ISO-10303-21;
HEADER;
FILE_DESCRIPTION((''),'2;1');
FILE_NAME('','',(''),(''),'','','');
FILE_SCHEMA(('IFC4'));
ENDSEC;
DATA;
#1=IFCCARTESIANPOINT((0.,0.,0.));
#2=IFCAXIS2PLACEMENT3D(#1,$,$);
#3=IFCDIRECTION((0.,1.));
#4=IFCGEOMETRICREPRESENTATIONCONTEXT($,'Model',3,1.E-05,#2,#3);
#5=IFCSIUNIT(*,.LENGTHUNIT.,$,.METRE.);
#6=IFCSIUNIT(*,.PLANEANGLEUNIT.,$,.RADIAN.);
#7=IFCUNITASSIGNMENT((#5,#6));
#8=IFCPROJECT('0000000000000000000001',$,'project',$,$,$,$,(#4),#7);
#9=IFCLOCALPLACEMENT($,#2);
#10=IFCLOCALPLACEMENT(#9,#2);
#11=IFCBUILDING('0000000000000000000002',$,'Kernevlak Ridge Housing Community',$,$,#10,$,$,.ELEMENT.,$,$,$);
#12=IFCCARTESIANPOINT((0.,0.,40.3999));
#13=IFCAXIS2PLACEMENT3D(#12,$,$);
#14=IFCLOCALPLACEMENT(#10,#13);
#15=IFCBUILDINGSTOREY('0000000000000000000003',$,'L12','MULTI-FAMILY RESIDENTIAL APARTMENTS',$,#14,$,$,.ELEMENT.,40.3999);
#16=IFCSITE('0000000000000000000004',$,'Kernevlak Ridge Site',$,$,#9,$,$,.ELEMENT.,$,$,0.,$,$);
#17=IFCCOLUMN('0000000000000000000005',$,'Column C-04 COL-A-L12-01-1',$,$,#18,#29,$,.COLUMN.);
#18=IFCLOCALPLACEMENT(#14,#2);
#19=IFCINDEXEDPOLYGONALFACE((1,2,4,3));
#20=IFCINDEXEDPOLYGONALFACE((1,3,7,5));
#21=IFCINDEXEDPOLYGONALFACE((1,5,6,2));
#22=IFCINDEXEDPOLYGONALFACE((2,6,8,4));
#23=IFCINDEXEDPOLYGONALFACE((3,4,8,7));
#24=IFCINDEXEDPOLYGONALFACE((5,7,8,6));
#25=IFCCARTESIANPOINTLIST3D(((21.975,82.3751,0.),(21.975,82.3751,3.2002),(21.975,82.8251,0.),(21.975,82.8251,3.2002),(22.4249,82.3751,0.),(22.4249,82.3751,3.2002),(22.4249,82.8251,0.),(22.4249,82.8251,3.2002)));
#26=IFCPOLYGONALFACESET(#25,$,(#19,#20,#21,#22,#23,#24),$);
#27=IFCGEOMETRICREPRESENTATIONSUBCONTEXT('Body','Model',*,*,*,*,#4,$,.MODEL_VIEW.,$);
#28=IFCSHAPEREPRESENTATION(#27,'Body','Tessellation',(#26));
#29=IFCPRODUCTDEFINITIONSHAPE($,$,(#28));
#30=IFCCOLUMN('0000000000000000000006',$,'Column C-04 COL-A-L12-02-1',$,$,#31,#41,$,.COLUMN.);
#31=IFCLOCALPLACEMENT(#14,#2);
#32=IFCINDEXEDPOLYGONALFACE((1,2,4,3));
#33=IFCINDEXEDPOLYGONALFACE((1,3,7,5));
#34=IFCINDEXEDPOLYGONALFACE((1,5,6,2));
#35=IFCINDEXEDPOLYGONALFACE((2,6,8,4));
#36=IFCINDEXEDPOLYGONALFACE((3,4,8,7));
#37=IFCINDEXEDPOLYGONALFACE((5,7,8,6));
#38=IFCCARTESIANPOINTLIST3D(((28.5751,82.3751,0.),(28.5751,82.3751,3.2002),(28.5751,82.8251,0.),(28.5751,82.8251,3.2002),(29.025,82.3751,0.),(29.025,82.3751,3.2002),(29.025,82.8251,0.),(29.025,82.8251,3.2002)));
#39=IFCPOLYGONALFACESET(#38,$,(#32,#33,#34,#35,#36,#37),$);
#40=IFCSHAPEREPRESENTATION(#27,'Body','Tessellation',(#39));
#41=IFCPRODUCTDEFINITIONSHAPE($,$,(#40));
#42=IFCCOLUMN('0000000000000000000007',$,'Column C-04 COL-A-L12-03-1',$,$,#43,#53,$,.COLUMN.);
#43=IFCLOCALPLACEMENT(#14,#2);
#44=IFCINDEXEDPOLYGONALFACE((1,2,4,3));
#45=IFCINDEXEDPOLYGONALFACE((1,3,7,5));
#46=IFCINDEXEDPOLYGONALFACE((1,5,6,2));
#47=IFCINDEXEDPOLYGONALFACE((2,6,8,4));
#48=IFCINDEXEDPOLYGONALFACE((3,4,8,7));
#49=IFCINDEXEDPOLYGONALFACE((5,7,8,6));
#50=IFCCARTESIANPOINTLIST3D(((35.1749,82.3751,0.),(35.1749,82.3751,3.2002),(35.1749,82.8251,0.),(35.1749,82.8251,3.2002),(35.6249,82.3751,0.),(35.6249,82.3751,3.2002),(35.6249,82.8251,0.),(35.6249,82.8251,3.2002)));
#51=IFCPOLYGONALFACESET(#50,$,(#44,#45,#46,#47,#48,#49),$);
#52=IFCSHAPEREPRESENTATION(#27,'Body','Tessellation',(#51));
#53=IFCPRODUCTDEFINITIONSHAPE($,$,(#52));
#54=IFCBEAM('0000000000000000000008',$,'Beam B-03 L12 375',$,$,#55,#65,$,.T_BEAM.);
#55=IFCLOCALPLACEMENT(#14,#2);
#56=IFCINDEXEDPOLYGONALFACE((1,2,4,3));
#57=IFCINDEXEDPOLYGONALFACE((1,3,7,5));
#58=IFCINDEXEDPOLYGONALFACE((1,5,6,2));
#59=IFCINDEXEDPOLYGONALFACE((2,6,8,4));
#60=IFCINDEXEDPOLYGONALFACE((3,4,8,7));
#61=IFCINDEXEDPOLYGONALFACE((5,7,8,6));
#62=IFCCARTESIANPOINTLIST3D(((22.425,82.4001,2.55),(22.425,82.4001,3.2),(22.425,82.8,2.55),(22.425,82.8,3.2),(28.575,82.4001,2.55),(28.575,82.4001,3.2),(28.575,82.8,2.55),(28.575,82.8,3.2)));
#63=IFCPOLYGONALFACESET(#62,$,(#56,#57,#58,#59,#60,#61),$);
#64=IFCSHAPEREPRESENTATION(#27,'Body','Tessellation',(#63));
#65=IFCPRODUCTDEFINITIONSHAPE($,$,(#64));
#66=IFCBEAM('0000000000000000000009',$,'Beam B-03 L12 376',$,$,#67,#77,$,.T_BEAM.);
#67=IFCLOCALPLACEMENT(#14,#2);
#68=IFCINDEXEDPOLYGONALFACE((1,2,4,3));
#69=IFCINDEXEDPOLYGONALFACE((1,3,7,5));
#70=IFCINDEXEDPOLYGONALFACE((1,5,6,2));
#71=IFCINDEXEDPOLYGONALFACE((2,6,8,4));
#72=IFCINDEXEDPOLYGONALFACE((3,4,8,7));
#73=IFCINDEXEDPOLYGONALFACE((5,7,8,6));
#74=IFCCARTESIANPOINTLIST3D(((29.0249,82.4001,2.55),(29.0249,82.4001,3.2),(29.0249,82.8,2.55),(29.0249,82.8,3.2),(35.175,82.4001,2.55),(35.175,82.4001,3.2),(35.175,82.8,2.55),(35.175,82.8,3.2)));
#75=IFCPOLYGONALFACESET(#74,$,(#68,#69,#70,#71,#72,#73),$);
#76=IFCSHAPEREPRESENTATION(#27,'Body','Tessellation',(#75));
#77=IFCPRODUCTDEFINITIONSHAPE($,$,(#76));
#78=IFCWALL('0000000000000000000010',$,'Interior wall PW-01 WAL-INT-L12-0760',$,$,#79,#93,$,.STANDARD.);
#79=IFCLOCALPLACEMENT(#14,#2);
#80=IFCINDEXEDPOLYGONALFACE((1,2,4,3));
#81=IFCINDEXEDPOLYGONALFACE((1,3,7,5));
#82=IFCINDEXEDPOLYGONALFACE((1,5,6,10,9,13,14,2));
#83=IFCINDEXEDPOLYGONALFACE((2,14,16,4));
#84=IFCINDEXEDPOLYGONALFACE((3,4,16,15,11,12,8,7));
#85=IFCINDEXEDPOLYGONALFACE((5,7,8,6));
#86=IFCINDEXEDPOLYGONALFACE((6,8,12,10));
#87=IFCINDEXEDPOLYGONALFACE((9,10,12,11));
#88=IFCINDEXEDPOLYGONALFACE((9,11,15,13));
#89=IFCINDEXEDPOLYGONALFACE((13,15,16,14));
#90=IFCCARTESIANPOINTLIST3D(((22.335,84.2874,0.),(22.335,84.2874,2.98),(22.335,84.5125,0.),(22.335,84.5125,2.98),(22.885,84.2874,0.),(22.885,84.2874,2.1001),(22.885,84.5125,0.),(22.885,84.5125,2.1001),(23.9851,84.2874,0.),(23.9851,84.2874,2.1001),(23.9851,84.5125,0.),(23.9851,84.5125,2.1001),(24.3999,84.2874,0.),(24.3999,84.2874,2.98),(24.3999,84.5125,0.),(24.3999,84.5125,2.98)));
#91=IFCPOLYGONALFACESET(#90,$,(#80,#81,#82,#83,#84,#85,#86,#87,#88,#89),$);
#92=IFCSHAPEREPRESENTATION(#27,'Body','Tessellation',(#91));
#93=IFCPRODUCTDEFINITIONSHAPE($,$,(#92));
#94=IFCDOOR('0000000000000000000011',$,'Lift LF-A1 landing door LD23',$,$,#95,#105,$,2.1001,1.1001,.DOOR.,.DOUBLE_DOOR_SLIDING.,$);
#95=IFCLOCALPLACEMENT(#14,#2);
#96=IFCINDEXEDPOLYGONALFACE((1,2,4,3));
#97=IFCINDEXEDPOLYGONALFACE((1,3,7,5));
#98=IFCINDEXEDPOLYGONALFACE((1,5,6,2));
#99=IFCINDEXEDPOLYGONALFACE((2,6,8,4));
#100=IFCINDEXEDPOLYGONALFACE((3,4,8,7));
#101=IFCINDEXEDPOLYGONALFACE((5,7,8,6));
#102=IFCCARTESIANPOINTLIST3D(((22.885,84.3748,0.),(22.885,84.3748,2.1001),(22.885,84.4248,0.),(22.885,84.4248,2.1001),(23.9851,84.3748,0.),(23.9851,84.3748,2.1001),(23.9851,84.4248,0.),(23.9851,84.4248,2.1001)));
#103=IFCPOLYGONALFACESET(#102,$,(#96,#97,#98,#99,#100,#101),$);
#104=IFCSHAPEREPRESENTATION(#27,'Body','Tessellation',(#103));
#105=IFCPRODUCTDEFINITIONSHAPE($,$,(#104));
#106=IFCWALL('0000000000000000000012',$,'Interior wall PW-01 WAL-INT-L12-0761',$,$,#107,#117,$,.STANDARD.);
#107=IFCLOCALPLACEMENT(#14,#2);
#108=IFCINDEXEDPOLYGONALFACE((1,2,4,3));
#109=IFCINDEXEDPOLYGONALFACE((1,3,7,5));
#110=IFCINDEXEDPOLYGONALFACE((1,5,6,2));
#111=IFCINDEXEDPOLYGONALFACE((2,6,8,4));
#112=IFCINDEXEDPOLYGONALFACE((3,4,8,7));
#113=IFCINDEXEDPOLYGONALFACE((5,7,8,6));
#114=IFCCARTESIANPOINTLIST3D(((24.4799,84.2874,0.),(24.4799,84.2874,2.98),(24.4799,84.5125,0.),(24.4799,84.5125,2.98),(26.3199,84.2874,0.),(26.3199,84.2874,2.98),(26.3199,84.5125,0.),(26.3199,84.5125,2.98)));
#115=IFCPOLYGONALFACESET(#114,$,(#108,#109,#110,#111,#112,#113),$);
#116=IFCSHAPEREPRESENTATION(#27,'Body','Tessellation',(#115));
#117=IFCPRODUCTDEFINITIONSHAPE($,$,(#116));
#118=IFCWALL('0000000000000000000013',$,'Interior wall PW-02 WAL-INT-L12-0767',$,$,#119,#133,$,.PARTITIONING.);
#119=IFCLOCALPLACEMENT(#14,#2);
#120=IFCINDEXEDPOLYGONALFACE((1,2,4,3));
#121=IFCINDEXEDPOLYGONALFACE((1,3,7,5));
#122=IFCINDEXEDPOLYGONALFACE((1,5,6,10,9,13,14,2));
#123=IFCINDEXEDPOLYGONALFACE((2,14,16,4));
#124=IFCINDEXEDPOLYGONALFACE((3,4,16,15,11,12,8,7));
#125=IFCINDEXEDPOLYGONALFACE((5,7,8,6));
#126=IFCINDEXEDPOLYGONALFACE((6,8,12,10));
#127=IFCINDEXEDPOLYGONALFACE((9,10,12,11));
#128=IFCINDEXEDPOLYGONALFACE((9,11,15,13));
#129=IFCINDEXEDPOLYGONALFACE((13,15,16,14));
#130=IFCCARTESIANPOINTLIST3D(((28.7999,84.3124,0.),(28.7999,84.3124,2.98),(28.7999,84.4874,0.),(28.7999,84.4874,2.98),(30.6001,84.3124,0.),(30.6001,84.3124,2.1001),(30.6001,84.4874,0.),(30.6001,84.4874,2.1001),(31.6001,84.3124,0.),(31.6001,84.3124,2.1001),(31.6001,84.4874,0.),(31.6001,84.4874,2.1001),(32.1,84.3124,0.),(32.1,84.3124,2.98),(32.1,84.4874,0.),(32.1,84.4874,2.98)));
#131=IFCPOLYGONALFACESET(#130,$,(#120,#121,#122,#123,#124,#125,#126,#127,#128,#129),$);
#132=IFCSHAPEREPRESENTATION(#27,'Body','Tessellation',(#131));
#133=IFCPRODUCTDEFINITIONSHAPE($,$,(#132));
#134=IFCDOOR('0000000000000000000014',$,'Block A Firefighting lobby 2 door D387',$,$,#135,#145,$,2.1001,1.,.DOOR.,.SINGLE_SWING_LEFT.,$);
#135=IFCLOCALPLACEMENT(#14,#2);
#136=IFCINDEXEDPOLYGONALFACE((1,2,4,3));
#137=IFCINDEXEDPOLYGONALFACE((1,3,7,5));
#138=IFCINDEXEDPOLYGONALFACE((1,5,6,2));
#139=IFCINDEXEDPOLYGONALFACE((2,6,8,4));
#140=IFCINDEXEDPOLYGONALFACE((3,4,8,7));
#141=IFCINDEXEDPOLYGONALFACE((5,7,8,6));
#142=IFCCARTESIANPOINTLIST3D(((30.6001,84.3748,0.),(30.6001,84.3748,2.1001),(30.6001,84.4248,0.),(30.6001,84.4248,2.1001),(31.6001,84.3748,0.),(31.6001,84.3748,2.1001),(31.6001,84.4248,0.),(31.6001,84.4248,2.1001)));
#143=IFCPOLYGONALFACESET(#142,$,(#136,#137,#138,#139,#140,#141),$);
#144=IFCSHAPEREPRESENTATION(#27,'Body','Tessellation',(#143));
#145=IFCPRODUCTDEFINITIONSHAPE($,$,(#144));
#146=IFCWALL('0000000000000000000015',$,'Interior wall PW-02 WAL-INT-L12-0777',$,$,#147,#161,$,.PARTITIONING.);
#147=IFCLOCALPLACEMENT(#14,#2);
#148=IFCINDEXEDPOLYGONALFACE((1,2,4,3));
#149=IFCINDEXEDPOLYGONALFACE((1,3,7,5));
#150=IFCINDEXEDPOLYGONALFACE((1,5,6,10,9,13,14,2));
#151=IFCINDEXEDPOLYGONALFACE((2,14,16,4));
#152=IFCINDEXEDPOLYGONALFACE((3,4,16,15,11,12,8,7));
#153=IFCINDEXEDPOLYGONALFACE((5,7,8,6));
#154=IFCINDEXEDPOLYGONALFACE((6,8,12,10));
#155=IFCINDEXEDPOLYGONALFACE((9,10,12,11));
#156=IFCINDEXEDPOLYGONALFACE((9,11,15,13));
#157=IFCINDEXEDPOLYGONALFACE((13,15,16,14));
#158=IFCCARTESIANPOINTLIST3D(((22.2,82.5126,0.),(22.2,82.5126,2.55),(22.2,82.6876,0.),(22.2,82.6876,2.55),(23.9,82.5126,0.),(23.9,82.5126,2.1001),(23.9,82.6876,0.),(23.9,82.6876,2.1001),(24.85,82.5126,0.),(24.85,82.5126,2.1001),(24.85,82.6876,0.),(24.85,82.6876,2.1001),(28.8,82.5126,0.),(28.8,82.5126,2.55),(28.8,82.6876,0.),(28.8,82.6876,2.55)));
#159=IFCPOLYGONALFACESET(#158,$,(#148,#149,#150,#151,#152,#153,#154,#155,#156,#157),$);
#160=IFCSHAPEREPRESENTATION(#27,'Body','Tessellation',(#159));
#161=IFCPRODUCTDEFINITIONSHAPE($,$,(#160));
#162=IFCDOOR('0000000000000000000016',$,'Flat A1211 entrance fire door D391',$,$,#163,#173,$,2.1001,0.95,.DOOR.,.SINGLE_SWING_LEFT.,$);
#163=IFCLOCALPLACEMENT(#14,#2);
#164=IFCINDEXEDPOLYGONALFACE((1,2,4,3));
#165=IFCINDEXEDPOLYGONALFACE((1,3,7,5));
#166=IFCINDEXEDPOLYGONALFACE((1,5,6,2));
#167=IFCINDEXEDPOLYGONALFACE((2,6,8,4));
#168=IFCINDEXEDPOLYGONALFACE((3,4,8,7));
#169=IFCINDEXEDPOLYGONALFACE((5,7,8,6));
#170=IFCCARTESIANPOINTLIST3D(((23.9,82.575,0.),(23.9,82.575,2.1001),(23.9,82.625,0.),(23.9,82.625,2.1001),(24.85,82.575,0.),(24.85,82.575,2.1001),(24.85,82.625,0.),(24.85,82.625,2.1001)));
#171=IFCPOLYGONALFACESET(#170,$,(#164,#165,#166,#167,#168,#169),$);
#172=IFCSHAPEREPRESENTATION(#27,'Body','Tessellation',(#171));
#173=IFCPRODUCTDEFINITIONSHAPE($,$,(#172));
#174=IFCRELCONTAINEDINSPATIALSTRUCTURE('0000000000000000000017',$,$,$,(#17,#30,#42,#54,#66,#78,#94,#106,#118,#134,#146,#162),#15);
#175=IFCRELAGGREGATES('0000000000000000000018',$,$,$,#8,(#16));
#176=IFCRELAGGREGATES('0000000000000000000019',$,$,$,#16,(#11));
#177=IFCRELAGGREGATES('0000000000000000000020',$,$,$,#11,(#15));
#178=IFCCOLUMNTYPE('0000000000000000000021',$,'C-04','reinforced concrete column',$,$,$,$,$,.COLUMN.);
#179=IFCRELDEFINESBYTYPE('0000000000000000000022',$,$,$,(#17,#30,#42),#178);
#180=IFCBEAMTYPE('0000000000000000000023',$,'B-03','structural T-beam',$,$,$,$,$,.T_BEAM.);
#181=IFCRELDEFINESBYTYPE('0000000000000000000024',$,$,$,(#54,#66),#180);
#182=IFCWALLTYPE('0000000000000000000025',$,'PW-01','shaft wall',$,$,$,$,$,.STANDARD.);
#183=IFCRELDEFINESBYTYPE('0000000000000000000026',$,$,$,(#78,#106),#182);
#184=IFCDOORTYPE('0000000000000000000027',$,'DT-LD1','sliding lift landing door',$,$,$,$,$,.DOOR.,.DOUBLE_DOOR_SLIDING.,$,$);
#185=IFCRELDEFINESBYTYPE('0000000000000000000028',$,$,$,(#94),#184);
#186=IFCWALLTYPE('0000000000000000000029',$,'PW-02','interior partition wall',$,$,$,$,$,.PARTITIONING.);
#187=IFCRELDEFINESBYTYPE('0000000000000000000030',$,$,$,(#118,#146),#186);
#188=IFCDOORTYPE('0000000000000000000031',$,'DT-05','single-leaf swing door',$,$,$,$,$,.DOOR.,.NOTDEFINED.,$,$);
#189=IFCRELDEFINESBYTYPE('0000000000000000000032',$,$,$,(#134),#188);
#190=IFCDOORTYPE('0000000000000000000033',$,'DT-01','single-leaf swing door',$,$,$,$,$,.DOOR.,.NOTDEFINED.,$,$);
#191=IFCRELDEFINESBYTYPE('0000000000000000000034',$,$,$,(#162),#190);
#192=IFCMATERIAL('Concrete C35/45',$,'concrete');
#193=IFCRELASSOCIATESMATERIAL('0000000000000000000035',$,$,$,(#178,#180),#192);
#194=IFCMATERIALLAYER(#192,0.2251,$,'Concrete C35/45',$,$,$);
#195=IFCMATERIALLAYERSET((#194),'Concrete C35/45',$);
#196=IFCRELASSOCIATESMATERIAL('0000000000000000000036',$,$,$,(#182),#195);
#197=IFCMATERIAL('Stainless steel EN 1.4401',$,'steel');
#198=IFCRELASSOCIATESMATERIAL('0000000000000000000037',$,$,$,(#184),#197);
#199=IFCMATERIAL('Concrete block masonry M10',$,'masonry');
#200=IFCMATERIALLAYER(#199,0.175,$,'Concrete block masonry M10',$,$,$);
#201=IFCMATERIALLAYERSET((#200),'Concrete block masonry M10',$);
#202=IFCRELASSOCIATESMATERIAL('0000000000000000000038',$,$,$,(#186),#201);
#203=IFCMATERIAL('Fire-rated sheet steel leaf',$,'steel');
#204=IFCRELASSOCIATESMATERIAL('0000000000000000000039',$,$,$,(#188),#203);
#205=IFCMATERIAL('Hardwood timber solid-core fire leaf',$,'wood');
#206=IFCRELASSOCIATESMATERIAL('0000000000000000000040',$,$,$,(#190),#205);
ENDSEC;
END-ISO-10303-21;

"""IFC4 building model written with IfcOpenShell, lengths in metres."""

from ifc_helpers import new_model, si_unit, direction, frame, frame_2d, origin, origin_2d, place, context, subcontext, project, spatial, rectangle, extrude, material, layer, layer_set, material_profile, profile_set, type_object, element, fill, save


model = new_model("IFC4")

# Units and contexts
model_context = context("Model", 3, precision=1e-05, world=origin(), true_north=direction((0.0, 1.0)))
body_context = subcontext(model_context, "Body", "Model", "MODEL_VIEW")
ifc_project = project(units=[si_unit("LENGTHUNIT", "METRE"), si_unit("PLANEANGLEUNIT", "RADIAN")], contexts=[model_context])

# Site, building, storey
site_placement = place(None, origin())
site = spatial("IfcSite", under=ifc_project, at=site_placement, Name="Kernevlak Ridge Site", CompositionType="ELEMENT", RefElevation=0.0)
building_placement = place(site_placement, origin())
building = spatial("IfcBuilding", under=site, at=building_placement, Name="Kernevlak Ridge Housing Community", CompositionType="ELEMENT")
storey_placement = place(building_placement, frame((0.0, 0.0, 40.3999)))
storey = spatial("IfcBuildingStorey", under=building, at=storey_placement, Name="L12", Description="MULTI-FAMILY RESIDENTIAL APARTMENTS", CompositionType="ELEMENT", Elevation=40.3999)

# Columns
ifc_material_1 = material(Name="Concrete C35/45", Category="concrete")
ifc_material_profile_1 = material_profile(ifc_material_1, rectangle(XDim=0.45, YDim=0.45, at=origin_2d()), Name="RC 450x450")
ifc_profile_set_1 = profile_set([ifc_material_profile_1], Name="Concrete C35/45")
column_type = type_object("IfcColumnType", Name="C-04", Description="reinforced concrete column", PredefinedType="COLUMN", material=ifc_profile_set_1)
for number, where, z_axis, x_axis, name in (
    (1, (22.2, 82.6001, 0.0), (0.0, 0.0, 1.0), (1.0, 0.0, 0.0), "Column C-04 COL-A-L12-01-1"),
    (2, (28.8, 82.6001, 0.0), (0.0, 0.0, 1.0), (1.0, 0.0, 0.0), "Column C-04 COL-A-L12-02-1"),
    (3, (35.3999, 82.6001, 0.0), (0.0, 0.0, 1.0), (1.0, 0.0, 0.0), "Column C-04 COL-A-L12-03-1"),
):
    element("IfcColumn", number, at=place(storey_placement, frame(where, z_axis=z_axis, x_axis=x_axis)), inside=storey, type_object=column_type, Name=name, PredefinedType="COLUMN", context=body_context, shape_type="SweptSolid", body=[
        extrude(rectangle(XDim=0.45, YDim=0.45, at=origin_2d()), origin(), (0.0, 0.0, 1.0), 3.2002),
    ])

# Beams
ifc_material_profile_2 = material_profile(ifc_material_1, rectangle(XDim=0.3999, YDim=0.6499, at=origin_2d()), Name="RC 400x650")
ifc_profile_set_2 = profile_set([ifc_material_profile_2], Name="Concrete C35/45")
beam_type = type_object("IfcBeamType", Name="B-03", Description="structural T-beam", PredefinedType="T_BEAM", material=ifc_profile_set_2)
beam_1_placement = place(storey_placement, frame((22.425, 82.6001, 2.875), z_axis=(1.0, 0.0, 0.0), x_axis=(0.0, 1.0, 0.0)))
element("IfcBeam", 4, at=beam_1_placement, inside=storey, type_object=beam_type, Name="Beam B-03 L12 375", PredefinedType="T_BEAM", context=body_context, shape_type="SweptSolid", body=[
    extrude(rectangle(XDim=0.3999, YDim=0.6499, at=origin_2d()), origin(), (0.0, 0.0, 1.0), 6.1499),
])
beam_2_placement = place(storey_placement, frame((29.0249, 82.6001, 2.875), z_axis=(1.0, 0.0, 0.0), x_axis=(0.0, 1.0, 0.0)))
element("IfcBeam", 5, at=beam_2_placement, inside=storey, type_object=beam_type, Name="Beam B-03 L12 376", PredefinedType="T_BEAM", context=body_context, shape_type="SweptSolid", body=[
    extrude(rectangle(XDim=0.3999, YDim=0.6499, at=origin_2d()), origin(), (0.0, 0.0, 1.0), 6.1501),
])

# Wall, opening, door
ifc_layer_1 = layer(ifc_material_1, 0.2251, Name="Concrete C35/45")
ifc_layer_set_1 = layer_set([ifc_layer_1], Name="Concrete C35/45")
wall_type_1 = type_object("IfcWallType", Name="PW-01", Description="shaft wall", PredefinedType="STANDARD", material=ifc_layer_set_1)
wall_1_placement = place(storey_placement, frame((22.335, 84.3999, 0.0), z_axis=(0.0, 0.0, 1.0), x_axis=(1.0, 0.0, 0.0)))
wall_1 = element("IfcWall", 6, at=wall_1_placement, inside=storey, type_object=wall_type_1, Name="Interior wall PW-01 WAL-INT-L12-0760", PredefinedType="STANDARD", context=body_context, shape_type="SweptSolid", body=[
    extrude(rectangle(XDim=2.0649, YDim=0.2251, at=frame_2d((1.0325, 0.0))), origin(), (0.0, 0.0, 1.0), 2.98),
])
opening_1_placement = place(wall_1_placement, frame((0.55, 0.0, 0.0)))
opening_1 = element("IfcOpeningElement", 7, at=opening_1_placement, cuts=wall_1, PredefinedType="OPENING", context=body_context, shape_type="SweptSolid", body=[
    extrude(rectangle(XDim=1.1001, YDim=2.1001, at=frame_2d((0.55, 1.05))), frame((0.0, 0.1226, 0.0), z_axis=(0.0, -1.0, 0.0), x_axis=(1.0, 0.0, 0.0)), (0.0, 0.0, 1.0), 0.2451),
])
ifc_material_2 = material(Name="Stainless steel EN 1.4401", Category="steel")
door_type_1 = type_object("IfcDoorType", Name="DT-LD1", Description="sliding lift landing door", OperationType="DOUBLE_DOOR_SLIDING", PredefinedType="DOOR", material=ifc_material_2)
door_1_placement = place(opening_1_placement, origin())
door_1 = element("IfcDoor", 8, at=door_1_placement, inside=storey, type_object=door_type_1, Name="Lift LF-A1 landing door LD23", OperationType="DOUBLE_DOOR_SLIDING", OverallHeight=2.1001, OverallWidth=1.1001, PredefinedType="DOOR", context=body_context, shape_type="SweptSolid", body=[
    extrude(rectangle(XDim=1.1001, YDim=2.1001, at=frame_2d((0.55, 1.05))), frame((0.0, 0.0249, 0.0), z_axis=(0.0, -1.0, 0.0), x_axis=(1.0, 0.0, 0.0)), (0.0, 0.0, 1.0), 0.05),
])
fill(opening_1, door_1)

# Wall
wall_2_placement = place(storey_placement, frame((24.48, 84.3999, 0.0), z_axis=(0.0, 0.0, 1.0), x_axis=(1.0, 0.0, 0.0)))
element("IfcWall", 9, at=wall_2_placement, inside=storey, type_object=wall_type_1, Name="Interior wall PW-01 WAL-INT-L12-0761", PredefinedType="STANDARD", context=body_context, shape_type="SweptSolid", body=[
    extrude(rectangle(XDim=1.8401, YDim=0.2251, at=frame_2d((0.9199, 0.0))), origin(), (0.0, 0.0, 1.0), 2.98),
])

# Walls, openings, doors
ifc_material_3 = material(Name="Concrete block masonry M10", Category="masonry")
ifc_layer_2 = layer(ifc_material_3, 0.175, Name="Concrete block masonry M10")
ifc_layer_set_2 = layer_set([ifc_layer_2], Name="Concrete block masonry M10")
wall_type_2 = type_object("IfcWallType", Name="PW-02", Description="interior partition wall", PredefinedType="PARTITIONING", material=ifc_layer_set_2)
wall_3_placement = place(storey_placement, frame((28.8, 84.3999, 0.0), z_axis=(0.0, 0.0, 1.0), x_axis=(1.0, 0.0, 0.0)))
wall_3 = element("IfcWall", 10, at=wall_3_placement, inside=storey, type_object=wall_type_2, Name="Interior wall PW-02 WAL-INT-L12-0767", PredefinedType="PARTITIONING", context=body_context, shape_type="SweptSolid", body=[
    extrude(rectangle(XDim=3.3, YDim=0.175, at=frame_2d((1.6499, 0.0))), origin(), (0.0, 0.0, 1.0), 2.98),
])
opening_2_placement = place(wall_3_placement, frame((1.8, 0.0, 0.0)))
opening_2 = element("IfcOpeningElement", 11, at=opening_2_placement, cuts=wall_3, PredefinedType="OPENING", context=body_context, shape_type="SweptSolid", body=[
    extrude(rectangle(XDim=1.0, YDim=2.1001, at=frame_2d((0.5, 1.05))), frame((0.0, 0.0974, 0.0), z_axis=(0.0, -1.0, 0.0), x_axis=(1.0, 0.0, 0.0)), (0.0, 0.0, 1.0), 0.1951),
])
ifc_material_4 = material(Name="Fire-rated sheet steel leaf", Category="steel")
door_type_2 = type_object("IfcDoorType", Name="DT-05", Description="single-leaf swing door", OperationType="NOTDEFINED", PredefinedType="DOOR", material=ifc_material_4)
door_2_placement = place(opening_2_placement, origin())
door_2 = element("IfcDoor", 12, at=door_2_placement, inside=storey, type_object=door_type_2, Name="Block A Firefighting lobby 2 door D387", OperationType="SINGLE_SWING_LEFT", OverallHeight=2.1001, OverallWidth=1.0, PredefinedType="DOOR", context=body_context, shape_type="SweptSolid", body=[
    extrude(rectangle(XDim=1.0, YDim=2.1001, at=frame_2d((0.5, 1.05))), frame((0.0, 0.0249, 0.0), z_axis=(0.0, -1.0, 0.0), x_axis=(1.0, 0.0, 0.0)), (0.0, 0.0, 1.0), 0.05),
])
fill(opening_2, door_2)
wall_4_placement = place(storey_placement, frame((22.2, 82.6001, 0.0), z_axis=(0.0, 0.0, 1.0), x_axis=(1.0, 0.0, 0.0)))
wall_4 = element("IfcWall", 13, at=wall_4_placement, inside=storey, type_object=wall_type_2, Name="Interior wall PW-02 WAL-INT-L12-0777", PredefinedType="PARTITIONING", context=body_context, shape_type="SweptSolid", body=[
    extrude(rectangle(XDim=6.6001, YDim=0.175, at=frame_2d((3.3, 0.0))), origin(), (0.0, 0.0, 1.0), 2.55),
])
opening_3_placement = place(wall_4_placement, frame((1.7, 0.0, 0.0)))
opening_3 = element("IfcOpeningElement", 14, at=opening_3_placement, cuts=wall_4, PredefinedType="OPENING", context=body_context, shape_type="SweptSolid", body=[
    extrude(rectangle(XDim=0.95, YDim=2.1001, at=frame_2d((0.4751, 1.05))), frame((0.0, 0.0974, 0.0), z_axis=(0.0, -1.0, 0.0), x_axis=(1.0, 0.0, 0.0)), (0.0, 0.0, 1.0), 0.1951),
])
ifc_material_5 = material(Name="Hardwood timber solid-core fire leaf", Category="wood")
door_type_3 = type_object("IfcDoorType", Name="DT-01", Description="single-leaf swing door", OperationType="NOTDEFINED", PredefinedType="DOOR", material=ifc_material_5)
door_3_placement = place(opening_3_placement, origin())
door_3 = element("IfcDoor", 15, at=door_3_placement, inside=storey, type_object=door_type_3, Name="Flat A1211 entrance fire door D391", OperationType="SINGLE_SWING_LEFT", OverallHeight=2.1001, OverallWidth=0.95, PredefinedType="DOOR", context=body_context, shape_type="SweptSolid", body=[
    extrude(rectangle(XDim=0.95, YDim=2.1001, at=frame_2d((0.4751, 1.05))), frame((0.0, 0.0249, 0.0), z_axis=(0.0, -1.0, 0.0), x_axis=(1.0, 0.0, 0.0)), (0.0, 0.0, 1.0), 0.05),
])
fill(opening_3, door_3)

save(model, "model.ifc")
